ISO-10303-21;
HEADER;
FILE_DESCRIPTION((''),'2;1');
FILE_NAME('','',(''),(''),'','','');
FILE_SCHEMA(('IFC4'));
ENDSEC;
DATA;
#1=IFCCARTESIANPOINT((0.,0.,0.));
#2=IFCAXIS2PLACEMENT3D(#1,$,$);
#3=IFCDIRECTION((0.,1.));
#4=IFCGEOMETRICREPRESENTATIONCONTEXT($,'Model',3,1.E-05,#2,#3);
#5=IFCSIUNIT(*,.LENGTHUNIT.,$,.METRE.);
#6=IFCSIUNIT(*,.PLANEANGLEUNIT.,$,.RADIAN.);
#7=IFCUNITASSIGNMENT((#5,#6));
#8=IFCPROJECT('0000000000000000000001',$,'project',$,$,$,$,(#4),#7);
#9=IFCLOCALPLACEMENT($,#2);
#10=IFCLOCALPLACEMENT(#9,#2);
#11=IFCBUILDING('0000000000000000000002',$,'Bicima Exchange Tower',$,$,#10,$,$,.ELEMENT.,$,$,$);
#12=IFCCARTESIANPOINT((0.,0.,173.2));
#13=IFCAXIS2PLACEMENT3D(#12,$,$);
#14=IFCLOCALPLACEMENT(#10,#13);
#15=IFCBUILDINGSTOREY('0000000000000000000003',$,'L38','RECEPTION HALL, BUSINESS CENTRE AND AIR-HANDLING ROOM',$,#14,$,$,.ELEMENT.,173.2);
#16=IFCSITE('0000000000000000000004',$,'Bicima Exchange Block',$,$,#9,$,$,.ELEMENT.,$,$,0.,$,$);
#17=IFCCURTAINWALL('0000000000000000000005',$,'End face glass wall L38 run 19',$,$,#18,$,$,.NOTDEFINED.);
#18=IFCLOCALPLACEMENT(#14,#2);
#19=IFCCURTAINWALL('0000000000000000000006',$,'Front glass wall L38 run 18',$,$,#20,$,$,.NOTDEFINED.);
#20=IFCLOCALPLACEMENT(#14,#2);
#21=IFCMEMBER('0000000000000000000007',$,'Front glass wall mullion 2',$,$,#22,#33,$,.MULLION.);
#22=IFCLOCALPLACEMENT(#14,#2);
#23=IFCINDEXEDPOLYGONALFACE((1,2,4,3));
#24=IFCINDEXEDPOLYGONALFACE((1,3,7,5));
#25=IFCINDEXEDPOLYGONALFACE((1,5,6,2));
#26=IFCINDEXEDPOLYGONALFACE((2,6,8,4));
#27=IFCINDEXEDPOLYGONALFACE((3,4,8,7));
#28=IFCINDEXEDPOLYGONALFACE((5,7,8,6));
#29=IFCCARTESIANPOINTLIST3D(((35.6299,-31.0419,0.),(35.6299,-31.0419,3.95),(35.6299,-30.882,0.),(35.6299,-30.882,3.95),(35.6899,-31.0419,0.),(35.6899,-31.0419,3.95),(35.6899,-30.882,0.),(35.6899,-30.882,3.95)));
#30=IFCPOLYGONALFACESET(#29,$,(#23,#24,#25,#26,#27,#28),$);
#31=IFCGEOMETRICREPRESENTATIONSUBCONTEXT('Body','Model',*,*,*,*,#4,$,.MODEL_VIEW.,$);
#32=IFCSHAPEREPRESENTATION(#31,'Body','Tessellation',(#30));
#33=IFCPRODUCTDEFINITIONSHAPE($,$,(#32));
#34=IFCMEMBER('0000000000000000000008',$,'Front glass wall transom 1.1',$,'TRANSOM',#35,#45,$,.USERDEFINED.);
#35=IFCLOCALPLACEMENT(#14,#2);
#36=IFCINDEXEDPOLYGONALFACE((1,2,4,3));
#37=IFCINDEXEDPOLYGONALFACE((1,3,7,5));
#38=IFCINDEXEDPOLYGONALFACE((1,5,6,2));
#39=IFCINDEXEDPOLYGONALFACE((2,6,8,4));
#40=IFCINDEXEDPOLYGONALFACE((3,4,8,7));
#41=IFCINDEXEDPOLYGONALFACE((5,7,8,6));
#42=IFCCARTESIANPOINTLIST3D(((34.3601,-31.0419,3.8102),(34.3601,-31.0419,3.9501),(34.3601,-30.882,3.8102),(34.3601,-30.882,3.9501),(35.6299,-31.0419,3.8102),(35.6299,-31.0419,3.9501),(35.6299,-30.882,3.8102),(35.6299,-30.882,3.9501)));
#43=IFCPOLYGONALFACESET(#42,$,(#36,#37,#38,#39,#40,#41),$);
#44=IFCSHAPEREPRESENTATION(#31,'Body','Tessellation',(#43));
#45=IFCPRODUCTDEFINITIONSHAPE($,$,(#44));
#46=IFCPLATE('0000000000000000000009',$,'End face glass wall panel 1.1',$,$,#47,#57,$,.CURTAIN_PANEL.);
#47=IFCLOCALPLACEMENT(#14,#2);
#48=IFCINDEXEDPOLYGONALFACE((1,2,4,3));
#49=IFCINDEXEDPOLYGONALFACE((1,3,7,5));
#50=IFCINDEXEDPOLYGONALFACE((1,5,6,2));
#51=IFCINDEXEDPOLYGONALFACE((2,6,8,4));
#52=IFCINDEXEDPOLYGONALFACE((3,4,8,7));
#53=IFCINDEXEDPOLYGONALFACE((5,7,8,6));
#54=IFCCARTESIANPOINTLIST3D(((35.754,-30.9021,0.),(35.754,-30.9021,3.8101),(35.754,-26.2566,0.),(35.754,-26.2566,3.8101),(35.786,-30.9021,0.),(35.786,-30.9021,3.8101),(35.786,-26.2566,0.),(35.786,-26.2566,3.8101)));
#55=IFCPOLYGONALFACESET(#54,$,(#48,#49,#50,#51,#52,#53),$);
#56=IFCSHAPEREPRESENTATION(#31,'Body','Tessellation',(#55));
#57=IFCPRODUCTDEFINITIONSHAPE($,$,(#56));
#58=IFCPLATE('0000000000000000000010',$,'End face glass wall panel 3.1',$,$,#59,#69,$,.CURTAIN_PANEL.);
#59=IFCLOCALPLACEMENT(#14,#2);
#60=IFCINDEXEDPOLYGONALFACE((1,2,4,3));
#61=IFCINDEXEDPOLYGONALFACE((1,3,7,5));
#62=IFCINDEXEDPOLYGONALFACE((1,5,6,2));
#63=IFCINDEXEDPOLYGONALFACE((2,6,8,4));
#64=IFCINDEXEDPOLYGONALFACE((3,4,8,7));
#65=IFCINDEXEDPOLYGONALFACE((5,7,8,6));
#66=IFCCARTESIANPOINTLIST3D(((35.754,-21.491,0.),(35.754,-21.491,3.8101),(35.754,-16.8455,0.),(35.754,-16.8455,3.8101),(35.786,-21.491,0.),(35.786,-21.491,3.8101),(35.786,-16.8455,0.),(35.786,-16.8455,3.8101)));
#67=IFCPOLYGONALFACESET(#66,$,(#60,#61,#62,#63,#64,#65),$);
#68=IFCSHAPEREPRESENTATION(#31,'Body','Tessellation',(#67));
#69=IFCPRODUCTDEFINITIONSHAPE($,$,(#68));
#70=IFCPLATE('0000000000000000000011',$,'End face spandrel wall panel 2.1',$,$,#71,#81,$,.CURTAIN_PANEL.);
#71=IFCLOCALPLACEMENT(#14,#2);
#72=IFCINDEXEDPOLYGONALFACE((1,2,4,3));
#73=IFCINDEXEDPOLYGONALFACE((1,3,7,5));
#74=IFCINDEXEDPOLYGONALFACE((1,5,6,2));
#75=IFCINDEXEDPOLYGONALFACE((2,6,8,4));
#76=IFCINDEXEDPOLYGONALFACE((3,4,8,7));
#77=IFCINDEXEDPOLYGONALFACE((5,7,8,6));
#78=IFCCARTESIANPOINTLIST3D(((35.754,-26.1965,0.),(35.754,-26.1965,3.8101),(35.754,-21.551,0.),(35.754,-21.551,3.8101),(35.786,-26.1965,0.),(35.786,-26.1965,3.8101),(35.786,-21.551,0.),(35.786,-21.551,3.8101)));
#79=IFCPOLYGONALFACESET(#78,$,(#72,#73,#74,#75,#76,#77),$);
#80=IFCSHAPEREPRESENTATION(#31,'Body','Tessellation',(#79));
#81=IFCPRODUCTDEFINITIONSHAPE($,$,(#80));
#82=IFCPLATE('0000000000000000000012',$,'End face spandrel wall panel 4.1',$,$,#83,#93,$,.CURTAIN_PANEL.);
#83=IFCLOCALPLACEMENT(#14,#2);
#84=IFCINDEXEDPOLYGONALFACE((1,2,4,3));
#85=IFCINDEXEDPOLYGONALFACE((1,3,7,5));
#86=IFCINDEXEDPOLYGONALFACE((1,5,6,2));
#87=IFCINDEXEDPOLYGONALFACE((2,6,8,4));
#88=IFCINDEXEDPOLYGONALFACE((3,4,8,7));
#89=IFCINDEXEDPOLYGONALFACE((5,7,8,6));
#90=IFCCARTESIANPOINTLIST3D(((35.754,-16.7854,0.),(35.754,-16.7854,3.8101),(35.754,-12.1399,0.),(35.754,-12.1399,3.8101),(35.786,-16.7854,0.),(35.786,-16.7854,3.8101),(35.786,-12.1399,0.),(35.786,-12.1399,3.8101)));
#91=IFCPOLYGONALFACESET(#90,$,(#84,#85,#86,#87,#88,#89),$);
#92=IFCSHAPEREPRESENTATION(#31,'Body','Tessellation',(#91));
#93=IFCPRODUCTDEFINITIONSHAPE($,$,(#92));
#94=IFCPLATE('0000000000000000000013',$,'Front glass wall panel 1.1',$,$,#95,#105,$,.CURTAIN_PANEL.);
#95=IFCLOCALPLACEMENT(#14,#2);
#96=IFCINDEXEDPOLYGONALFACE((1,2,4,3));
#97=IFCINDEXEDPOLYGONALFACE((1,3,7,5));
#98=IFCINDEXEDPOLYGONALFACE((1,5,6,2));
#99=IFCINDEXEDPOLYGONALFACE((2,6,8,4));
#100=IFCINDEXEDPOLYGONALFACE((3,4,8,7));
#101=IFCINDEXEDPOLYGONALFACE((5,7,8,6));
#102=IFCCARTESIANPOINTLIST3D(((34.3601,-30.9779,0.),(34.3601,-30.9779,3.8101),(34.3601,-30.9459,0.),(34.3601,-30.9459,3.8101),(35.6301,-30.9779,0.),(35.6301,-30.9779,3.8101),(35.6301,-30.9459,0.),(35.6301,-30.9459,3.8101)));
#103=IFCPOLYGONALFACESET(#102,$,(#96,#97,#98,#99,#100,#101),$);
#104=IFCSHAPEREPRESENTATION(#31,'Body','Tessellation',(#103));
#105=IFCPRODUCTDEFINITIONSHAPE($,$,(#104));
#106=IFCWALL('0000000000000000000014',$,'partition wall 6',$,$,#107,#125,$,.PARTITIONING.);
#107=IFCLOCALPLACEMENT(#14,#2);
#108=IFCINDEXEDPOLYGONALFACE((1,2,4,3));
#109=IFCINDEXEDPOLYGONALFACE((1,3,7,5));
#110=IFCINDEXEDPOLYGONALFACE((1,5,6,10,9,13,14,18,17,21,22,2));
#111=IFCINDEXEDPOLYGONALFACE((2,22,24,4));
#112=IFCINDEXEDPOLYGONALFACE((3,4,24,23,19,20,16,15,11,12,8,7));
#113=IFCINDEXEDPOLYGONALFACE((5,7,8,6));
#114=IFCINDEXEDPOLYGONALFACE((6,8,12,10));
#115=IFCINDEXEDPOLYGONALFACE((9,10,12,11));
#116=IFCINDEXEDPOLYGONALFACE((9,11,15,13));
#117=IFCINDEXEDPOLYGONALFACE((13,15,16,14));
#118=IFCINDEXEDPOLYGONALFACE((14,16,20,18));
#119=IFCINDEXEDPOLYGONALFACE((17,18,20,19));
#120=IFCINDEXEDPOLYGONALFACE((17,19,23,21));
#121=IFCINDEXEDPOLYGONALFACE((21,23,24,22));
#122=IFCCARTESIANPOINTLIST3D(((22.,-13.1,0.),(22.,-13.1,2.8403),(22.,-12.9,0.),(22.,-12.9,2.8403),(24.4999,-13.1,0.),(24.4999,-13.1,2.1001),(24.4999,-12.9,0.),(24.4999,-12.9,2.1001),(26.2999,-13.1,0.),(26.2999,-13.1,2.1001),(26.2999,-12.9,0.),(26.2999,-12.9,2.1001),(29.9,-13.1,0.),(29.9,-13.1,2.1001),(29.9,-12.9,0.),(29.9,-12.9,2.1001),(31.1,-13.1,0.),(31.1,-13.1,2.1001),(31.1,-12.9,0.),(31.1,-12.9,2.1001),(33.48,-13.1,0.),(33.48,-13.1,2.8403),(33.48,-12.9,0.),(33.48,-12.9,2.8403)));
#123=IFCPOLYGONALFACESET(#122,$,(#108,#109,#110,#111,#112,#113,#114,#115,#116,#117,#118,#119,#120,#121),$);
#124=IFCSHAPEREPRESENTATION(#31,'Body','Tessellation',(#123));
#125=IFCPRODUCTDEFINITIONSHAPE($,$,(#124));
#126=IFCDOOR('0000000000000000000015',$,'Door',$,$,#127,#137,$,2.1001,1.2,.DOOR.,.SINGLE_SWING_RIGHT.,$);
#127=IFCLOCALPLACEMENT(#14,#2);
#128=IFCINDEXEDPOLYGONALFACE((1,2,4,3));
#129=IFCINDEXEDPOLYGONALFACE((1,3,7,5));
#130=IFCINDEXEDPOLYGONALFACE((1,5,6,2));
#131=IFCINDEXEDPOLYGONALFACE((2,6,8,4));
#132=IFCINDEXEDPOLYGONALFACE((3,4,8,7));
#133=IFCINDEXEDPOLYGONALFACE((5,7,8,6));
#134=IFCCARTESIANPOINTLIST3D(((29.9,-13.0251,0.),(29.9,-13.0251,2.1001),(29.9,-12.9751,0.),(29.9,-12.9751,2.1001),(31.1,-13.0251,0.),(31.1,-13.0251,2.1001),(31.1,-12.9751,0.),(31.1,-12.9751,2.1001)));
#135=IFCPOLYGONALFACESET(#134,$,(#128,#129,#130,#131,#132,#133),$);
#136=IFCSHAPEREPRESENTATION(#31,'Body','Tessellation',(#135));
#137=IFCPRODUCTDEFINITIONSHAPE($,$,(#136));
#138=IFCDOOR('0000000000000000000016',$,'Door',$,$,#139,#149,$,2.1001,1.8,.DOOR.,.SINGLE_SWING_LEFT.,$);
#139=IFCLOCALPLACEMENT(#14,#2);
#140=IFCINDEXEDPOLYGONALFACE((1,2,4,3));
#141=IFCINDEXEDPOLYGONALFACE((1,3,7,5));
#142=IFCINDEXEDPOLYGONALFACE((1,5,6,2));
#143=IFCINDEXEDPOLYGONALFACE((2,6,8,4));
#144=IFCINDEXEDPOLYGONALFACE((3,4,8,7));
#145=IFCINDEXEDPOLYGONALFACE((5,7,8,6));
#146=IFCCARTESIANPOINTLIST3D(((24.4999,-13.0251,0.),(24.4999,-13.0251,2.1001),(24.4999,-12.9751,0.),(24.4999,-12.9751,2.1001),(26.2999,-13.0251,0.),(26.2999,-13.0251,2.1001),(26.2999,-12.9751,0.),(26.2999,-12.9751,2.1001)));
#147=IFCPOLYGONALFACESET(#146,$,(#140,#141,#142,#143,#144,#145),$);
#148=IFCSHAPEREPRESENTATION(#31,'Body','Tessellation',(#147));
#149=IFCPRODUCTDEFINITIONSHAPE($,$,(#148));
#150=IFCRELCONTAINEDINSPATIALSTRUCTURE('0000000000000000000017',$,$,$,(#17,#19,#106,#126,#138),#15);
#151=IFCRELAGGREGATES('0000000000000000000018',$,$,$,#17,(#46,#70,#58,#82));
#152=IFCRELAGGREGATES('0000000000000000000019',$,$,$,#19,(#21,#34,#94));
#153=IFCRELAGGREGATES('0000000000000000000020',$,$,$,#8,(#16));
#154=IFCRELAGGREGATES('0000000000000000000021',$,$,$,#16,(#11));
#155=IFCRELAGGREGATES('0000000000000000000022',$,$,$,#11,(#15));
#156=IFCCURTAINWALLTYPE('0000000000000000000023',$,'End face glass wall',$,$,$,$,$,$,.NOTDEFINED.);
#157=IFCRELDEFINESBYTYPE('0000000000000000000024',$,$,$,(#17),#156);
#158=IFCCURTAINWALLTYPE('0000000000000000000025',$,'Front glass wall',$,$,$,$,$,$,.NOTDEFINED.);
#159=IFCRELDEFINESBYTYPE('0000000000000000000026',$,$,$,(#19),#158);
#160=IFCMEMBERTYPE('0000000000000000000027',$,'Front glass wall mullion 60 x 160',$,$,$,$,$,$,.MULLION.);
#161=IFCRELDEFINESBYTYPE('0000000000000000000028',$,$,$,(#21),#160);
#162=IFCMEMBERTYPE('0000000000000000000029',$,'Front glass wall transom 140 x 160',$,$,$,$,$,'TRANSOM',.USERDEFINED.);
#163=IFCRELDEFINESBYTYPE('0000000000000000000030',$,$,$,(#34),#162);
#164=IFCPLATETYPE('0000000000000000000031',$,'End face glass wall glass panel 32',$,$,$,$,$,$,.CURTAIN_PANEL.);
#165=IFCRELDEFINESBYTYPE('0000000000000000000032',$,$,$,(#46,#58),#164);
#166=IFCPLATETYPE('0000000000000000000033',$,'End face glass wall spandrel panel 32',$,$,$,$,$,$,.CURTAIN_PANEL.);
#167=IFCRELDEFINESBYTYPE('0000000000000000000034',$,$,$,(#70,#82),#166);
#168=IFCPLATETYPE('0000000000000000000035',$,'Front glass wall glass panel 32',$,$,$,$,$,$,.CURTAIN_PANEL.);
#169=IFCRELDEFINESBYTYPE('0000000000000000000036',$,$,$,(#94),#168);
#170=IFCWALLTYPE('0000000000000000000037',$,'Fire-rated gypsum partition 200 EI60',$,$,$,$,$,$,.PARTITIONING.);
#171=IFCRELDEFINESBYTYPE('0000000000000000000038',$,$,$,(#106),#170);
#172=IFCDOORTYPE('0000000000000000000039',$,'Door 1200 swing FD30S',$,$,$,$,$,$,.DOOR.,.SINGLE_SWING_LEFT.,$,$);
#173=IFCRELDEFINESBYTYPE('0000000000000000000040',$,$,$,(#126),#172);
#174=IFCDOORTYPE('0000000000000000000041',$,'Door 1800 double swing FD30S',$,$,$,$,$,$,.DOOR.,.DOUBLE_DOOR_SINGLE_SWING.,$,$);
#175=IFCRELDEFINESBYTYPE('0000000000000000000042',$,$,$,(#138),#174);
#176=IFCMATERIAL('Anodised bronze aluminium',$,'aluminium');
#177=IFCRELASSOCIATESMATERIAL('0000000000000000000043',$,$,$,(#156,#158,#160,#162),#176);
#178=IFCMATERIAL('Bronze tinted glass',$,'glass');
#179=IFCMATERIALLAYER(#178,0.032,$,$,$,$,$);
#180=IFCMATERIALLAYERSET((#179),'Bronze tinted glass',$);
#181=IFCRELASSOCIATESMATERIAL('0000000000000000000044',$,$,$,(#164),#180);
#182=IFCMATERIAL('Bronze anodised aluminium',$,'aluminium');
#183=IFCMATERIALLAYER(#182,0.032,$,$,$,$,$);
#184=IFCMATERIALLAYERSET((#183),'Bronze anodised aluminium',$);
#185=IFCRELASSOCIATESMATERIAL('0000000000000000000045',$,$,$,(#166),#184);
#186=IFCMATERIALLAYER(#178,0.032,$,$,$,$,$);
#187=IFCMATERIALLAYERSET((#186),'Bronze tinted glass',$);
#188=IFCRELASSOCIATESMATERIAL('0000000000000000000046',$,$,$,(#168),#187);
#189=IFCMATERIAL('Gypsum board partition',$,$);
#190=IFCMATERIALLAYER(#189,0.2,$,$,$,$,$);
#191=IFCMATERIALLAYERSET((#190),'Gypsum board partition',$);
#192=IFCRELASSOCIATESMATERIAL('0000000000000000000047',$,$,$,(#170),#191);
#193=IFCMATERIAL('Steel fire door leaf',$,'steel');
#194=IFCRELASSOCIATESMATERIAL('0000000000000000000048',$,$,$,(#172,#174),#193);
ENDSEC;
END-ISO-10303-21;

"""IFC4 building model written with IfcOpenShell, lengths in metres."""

from ifc_helpers import new_model, si_unit, direction, frame, frame_2d, origin, origin_2d, place, context, subcontext, project, spatial, rectangle, extrude, material, layer, layer_set, material_profile, profile_set, type_object, element, fill, aggregate, save


model = new_model("IFC4")

# Units and contexts
model_context = context("Model", 3, precision=1e-05, world=origin(), true_north=direction((0.0, 1.0)))
body_context = subcontext(model_context, "Body", "Model", "MODEL_VIEW")
ifc_project = project(units=[si_unit("LENGTHUNIT", "METRE"), si_unit("PLANEANGLEUNIT", "RADIAN")], contexts=[model_context])

# Site, building, storey
site_placement = place(None, origin())
site = spatial("IfcSite", under=ifc_project, at=site_placement, Name="Bicima Exchange Block", CompositionType="ELEMENT", RefElevation=0.0)
building_placement = place(site_placement, origin())
building = spatial("IfcBuilding", under=site, at=building_placement, Name="Bicima Exchange Tower", CompositionType="ELEMENT")
storey_placement = place(building_placement, frame((0.0, 0.0, 173.2)))
storey = spatial("IfcBuildingStorey", under=building, at=storey_placement, Name="L38", Description="RECEPTION HALL, BUSINESS CENTRE AND AIR-HANDLING ROOM", CompositionType="ELEMENT", Elevation=173.2)

# Curtain wall
ifc_material_1 = material(Name="Anodised bronze aluminium", Category="aluminium")
curtain_wall_type_1 = type_object("IfcCurtainWallType", Name="End face glass wall", PredefinedType="NOTDEFINED", material=ifc_material_1)
curtain_wall_1_placement = place(storey_placement, origin())
curtain_wall_1 = element("IfcCurtainWall", 1, at=curtain_wall_1_placement, inside=storey, type_object=curtain_wall_type_1, Name="End face glass wall L38 run 19", PredefinedType="NOTDEFINED")
ifc_material_profile_1 = material_profile(ifc_material_1, rectangle(XDim=0.1599, YDim=0.0601, at=origin_2d()))
ifc_profile_set_1 = profile_set([ifc_material_profile_1], Name="Anodised bronze aluminium")
ifc_material_profile_2 = material_profile(ifc_material_1, rectangle(XDim=0.1599, YDim=0.1399, at=origin_2d()))
ifc_profile_set_2 = profile_set([ifc_material_profile_2], Name="Anodised bronze aluminium")

# Curtain wall, members
curtain_wall_type_2 = type_object("IfcCurtainWallType", Name="Front glass wall", PredefinedType="NOTDEFINED", material=ifc_material_1)
curtain_wall_2_placement = place(storey_placement, origin())
curtain_wall_2 = element("IfcCurtainWall", 2, at=curtain_wall_2_placement, inside=storey, type_object=curtain_wall_type_2, Name="Front glass wall L38 run 18", PredefinedType="NOTDEFINED")
member_type_1 = type_object("IfcMemberType", Name="Front glass wall mullion 60 x 160", PredefinedType="MULLION", material=ifc_profile_set_1)
member_1_placement = place(storey_placement, frame((35.6599, -30.9619, 0.0), z_axis=(0.0, 0.0, 1.0), x_axis=(0.0, 1.0, 0.0)))
member_1 = element("IfcMember", 3, at=member_1_placement, type_object=member_type_1, Name="Front glass wall mullion 2", PredefinedType="MULLION", context=body_context, shape_type="SweptSolid", body=[
    extrude(rectangle(XDim=0.1599, YDim=0.0601, at=origin_2d()), origin(), (0.0, 0.0, 1.0), 3.95),
])
member_type_2 = type_object("IfcMemberType", Name="Front glass wall transom 140 x 160", ElementType="TRANSOM", PredefinedType="USERDEFINED", material=ifc_profile_set_2)
member_2_placement = place(storey_placement, frame((34.3601, -30.9619, 3.8801), z_axis=(1.0, 0.0, 0.0), x_axis=(0.0, 1.0, 0.0)))
member_2 = element("IfcMember", 4, at=member_2_placement, type_object=member_type_2, Name="Front glass wall transom 1.1", ObjectType="TRANSOM", PredefinedType="USERDEFINED", context=body_context, shape_type="SweptSolid", body=[
    extrude(rectangle(XDim=0.1599, YDim=0.1399, at=origin_2d()), origin(), (0.0, 0.0, 1.0), 1.2698),
])

# Plates
ifc_material_2 = material(Name="Bronze tinted glass", Category="glass")
ifc_layer_1 = layer(ifc_material_2, 0.032)
ifc_layer_set_1 = layer_set([ifc_layer_1], Name="Bronze tinted glass")
plate_type_1 = type_object("IfcPlateType", Name="End face glass wall glass panel 32", PredefinedType="CURTAIN_PANEL", material=ifc_layer_set_1)
plate_1_placement = place(storey_placement, frame((35.77, -28.5793, 0.0), z_axis=(0.0, 0.0, 1.0), x_axis=(0.0, 1.0, 0.0)))
plate_1 = element("IfcPlate", 5, at=plate_1_placement, type_object=plate_type_1, Name="End face glass wall panel 1.1", PredefinedType="CURTAIN_PANEL", context=body_context, shape_type="SweptSolid", body=[
    extrude(rectangle(XDim=4.6455, YDim=0.032, at=origin_2d()), origin(), (0.0, 0.0, 1.0), 3.8101),
])
plate_2_placement = place(storey_placement, frame((35.77, -19.1682, 0.0), z_axis=(0.0, 0.0, 1.0), x_axis=(0.0, 1.0, 0.0)))
plate_2 = element("IfcPlate", 6, at=plate_2_placement, type_object=plate_type_1, Name="End face glass wall panel 3.1", PredefinedType="CURTAIN_PANEL", context=body_context, shape_type="SweptSolid", body=[
    extrude(rectangle(XDim=4.6455, YDim=0.032, at=origin_2d()), origin(), (0.0, 0.0, 1.0), 3.8101),
])
ifc_material_3 = material(Name="Bronze anodised aluminium", Category="aluminium")
ifc_layer_2 = layer(ifc_material_3, 0.032)
ifc_layer_set_2 = layer_set([ifc_layer_2], Name="Bronze anodised aluminium")
plate_type_2 = type_object("IfcPlateType", Name="End face glass wall spandrel panel 32", PredefinedType="CURTAIN_PANEL", material=ifc_layer_set_2)
plate_3_placement = place(storey_placement, frame((35.77, -23.8738, 0.0), z_axis=(0.0, 0.0, 1.0), x_axis=(0.0, 1.0, 0.0)))
plate_3 = element("IfcPlate", 7, at=plate_3_placement, type_object=plate_type_2, Name="End face spandrel wall panel 2.1", PredefinedType="CURTAIN_PANEL", context=body_context, shape_type="SweptSolid", body=[
    extrude(rectangle(XDim=4.6455, YDim=0.032, at=origin_2d()), origin(), (0.0, 0.0, 1.0), 3.8101),
])
plate_4_placement = place(storey_placement, frame((35.77, -14.4626, 0.0), z_axis=(0.0, 0.0, 1.0), x_axis=(0.0, 1.0, 0.0)))
plate_4 = element("IfcPlate", 8, at=plate_4_placement, type_object=plate_type_2, Name="End face spandrel wall panel 4.1", PredefinedType="CURTAIN_PANEL", context=body_context, shape_type="SweptSolid", body=[
    extrude(rectangle(XDim=4.6455, YDim=0.032, at=origin_2d()), origin(), (0.0, 0.0, 1.0), 3.8101),
])
aggregate(curtain_wall_1, [plate_1, plate_3, plate_2, plate_4])
ifc_layer_3 = layer(ifc_material_2, 0.032)
ifc_layer_set_3 = layer_set([ifc_layer_3], Name="Bronze tinted glass")
plate_type_3 = type_object("IfcPlateType", Name="Front glass wall glass panel 32", PredefinedType="CURTAIN_PANEL", material=ifc_layer_set_3)
plate_5_placement = place(storey_placement, frame((34.9951, -30.9619, 0.0), z_axis=(0.0, 0.0, 1.0), x_axis=(1.0, 0.0, 0.0)))
plate_5 = element("IfcPlate", 9, at=plate_5_placement, type_object=plate_type_3, Name="Front glass wall panel 1.1", PredefinedType="CURTAIN_PANEL", context=body_context, shape_type="SweptSolid", body=[
    extrude(rectangle(XDim=1.27, YDim=0.032, at=origin_2d()), origin(), (0.0, 0.0, 1.0), 3.8101),
])
aggregate(curtain_wall_2, [member_1, member_2, plate_5])

# Wall, openings, doors
ifc_material_4 = material(Name="Gypsum board partition")
ifc_layer_4 = layer(ifc_material_4, 0.2)
ifc_layer_set_4 = layer_set([ifc_layer_4], Name="Gypsum board partition")
wall_type = type_object("IfcWallType", Name="Fire-rated gypsum partition 200 EI60", PredefinedType="PARTITIONING", material=ifc_layer_set_4)
wall_placement = place(storey_placement, frame((22.0, -13.0, 0.0), z_axis=(0.0, 0.0, 1.0), x_axis=(1.0, 0.0, 0.0)))
wall = element("IfcWall", 10, at=wall_placement, inside=storey, type_object=wall_type, Name="partition wall 6", PredefinedType="PARTITIONING", context=body_context, shape_type="SweptSolid", body=[
    extrude(rectangle(XDim=11.48, YDim=0.2, at=frame_2d((5.74, 0.0))), origin(), (0.0, 0.0, 1.0), 2.8403),
])
opening_1_placement = place(wall_placement, frame((7.8999, 0.0, 0.0)))
opening_1 = element("IfcOpeningElement", 11, at=opening_1_placement, cuts=wall, PredefinedType="OPENING", context=body_context, shape_type="SweptSolid", body=[
    extrude(rectangle(XDim=1.2, YDim=2.1001, at=frame_2d((0.6001, 1.05))), frame((0.0, 0.1118, 0.0), z_axis=(0.0, -1.0, 0.0), x_axis=(1.0, 0.0, 0.0)), (0.0, 0.0, 1.0), 0.2239),
])
opening_2_placement = place(wall_placement, frame((2.5, 0.0, 0.0)))
opening_2 = element("IfcOpeningElement", 12, at=opening_2_placement, cuts=wall, PredefinedType="OPENING", context=body_context, shape_type="SweptSolid", body=[
    extrude(rectangle(XDim=1.8, YDim=2.1001, at=frame_2d((0.8999, 1.05))), frame((0.0, 0.1118, 0.0), z_axis=(0.0, -1.0, 0.0), x_axis=(1.0, 0.0, 0.0)), (0.0, 0.0, 1.0), 0.2239),
])
ifc_material_5 = material(Name="Steel fire door leaf", Category="steel")
door_type_1 = type_object("IfcDoorType", Name="Door 1200 swing FD30S", OperationType="SINGLE_SWING_LEFT", PredefinedType="DOOR", material=ifc_material_5)
door_1_placement = place(opening_1_placement, origin())
door_1 = element("IfcDoor", 13, at=door_1_placement, inside=storey, type_object=door_type_1, Name="Door", OperationType="SINGLE_SWING_RIGHT", OverallHeight=2.1001, OverallWidth=1.2, PredefinedType="DOOR", context=body_context, shape_type="SweptSolid", body=[
    extrude(rectangle(XDim=1.2, YDim=2.1001, at=frame_2d((0.6001, 1.05))), frame((0.0, 0.0249, 0.0), z_axis=(0.0, -1.0, 0.0), x_axis=(1.0, 0.0, 0.0)), (0.0, 0.0, 1.0), 0.05),
])
fill(opening_1, door_1)
door_type_2 = type_object("IfcDoorType", Name="Door 1800 double swing FD30S", OperationType="DOUBLE_DOOR_SINGLE_SWING", PredefinedType="DOOR", material=ifc_material_5)
door_2_placement = place(opening_2_placement, origin())
door_2 = element("IfcDoor", 14, at=door_2_placement, inside=storey, type_object=door_type_2, Name="Door", OperationType="SINGLE_SWING_LEFT", OverallHeight=2.1001, OverallWidth=1.8, PredefinedType="DOOR", context=body_context, shape_type="SweptSolid", body=[
    extrude(rectangle(XDim=1.8, YDim=2.1001, at=frame_2d((0.8999, 1.05))), frame((0.0, 0.0249, 0.0), z_axis=(0.0, -1.0, 0.0), x_axis=(1.0, 0.0, 0.0)), (0.0, 0.0, 1.0), 0.05),
])
fill(opening_2, door_2)

save(model, "model.ifc")
